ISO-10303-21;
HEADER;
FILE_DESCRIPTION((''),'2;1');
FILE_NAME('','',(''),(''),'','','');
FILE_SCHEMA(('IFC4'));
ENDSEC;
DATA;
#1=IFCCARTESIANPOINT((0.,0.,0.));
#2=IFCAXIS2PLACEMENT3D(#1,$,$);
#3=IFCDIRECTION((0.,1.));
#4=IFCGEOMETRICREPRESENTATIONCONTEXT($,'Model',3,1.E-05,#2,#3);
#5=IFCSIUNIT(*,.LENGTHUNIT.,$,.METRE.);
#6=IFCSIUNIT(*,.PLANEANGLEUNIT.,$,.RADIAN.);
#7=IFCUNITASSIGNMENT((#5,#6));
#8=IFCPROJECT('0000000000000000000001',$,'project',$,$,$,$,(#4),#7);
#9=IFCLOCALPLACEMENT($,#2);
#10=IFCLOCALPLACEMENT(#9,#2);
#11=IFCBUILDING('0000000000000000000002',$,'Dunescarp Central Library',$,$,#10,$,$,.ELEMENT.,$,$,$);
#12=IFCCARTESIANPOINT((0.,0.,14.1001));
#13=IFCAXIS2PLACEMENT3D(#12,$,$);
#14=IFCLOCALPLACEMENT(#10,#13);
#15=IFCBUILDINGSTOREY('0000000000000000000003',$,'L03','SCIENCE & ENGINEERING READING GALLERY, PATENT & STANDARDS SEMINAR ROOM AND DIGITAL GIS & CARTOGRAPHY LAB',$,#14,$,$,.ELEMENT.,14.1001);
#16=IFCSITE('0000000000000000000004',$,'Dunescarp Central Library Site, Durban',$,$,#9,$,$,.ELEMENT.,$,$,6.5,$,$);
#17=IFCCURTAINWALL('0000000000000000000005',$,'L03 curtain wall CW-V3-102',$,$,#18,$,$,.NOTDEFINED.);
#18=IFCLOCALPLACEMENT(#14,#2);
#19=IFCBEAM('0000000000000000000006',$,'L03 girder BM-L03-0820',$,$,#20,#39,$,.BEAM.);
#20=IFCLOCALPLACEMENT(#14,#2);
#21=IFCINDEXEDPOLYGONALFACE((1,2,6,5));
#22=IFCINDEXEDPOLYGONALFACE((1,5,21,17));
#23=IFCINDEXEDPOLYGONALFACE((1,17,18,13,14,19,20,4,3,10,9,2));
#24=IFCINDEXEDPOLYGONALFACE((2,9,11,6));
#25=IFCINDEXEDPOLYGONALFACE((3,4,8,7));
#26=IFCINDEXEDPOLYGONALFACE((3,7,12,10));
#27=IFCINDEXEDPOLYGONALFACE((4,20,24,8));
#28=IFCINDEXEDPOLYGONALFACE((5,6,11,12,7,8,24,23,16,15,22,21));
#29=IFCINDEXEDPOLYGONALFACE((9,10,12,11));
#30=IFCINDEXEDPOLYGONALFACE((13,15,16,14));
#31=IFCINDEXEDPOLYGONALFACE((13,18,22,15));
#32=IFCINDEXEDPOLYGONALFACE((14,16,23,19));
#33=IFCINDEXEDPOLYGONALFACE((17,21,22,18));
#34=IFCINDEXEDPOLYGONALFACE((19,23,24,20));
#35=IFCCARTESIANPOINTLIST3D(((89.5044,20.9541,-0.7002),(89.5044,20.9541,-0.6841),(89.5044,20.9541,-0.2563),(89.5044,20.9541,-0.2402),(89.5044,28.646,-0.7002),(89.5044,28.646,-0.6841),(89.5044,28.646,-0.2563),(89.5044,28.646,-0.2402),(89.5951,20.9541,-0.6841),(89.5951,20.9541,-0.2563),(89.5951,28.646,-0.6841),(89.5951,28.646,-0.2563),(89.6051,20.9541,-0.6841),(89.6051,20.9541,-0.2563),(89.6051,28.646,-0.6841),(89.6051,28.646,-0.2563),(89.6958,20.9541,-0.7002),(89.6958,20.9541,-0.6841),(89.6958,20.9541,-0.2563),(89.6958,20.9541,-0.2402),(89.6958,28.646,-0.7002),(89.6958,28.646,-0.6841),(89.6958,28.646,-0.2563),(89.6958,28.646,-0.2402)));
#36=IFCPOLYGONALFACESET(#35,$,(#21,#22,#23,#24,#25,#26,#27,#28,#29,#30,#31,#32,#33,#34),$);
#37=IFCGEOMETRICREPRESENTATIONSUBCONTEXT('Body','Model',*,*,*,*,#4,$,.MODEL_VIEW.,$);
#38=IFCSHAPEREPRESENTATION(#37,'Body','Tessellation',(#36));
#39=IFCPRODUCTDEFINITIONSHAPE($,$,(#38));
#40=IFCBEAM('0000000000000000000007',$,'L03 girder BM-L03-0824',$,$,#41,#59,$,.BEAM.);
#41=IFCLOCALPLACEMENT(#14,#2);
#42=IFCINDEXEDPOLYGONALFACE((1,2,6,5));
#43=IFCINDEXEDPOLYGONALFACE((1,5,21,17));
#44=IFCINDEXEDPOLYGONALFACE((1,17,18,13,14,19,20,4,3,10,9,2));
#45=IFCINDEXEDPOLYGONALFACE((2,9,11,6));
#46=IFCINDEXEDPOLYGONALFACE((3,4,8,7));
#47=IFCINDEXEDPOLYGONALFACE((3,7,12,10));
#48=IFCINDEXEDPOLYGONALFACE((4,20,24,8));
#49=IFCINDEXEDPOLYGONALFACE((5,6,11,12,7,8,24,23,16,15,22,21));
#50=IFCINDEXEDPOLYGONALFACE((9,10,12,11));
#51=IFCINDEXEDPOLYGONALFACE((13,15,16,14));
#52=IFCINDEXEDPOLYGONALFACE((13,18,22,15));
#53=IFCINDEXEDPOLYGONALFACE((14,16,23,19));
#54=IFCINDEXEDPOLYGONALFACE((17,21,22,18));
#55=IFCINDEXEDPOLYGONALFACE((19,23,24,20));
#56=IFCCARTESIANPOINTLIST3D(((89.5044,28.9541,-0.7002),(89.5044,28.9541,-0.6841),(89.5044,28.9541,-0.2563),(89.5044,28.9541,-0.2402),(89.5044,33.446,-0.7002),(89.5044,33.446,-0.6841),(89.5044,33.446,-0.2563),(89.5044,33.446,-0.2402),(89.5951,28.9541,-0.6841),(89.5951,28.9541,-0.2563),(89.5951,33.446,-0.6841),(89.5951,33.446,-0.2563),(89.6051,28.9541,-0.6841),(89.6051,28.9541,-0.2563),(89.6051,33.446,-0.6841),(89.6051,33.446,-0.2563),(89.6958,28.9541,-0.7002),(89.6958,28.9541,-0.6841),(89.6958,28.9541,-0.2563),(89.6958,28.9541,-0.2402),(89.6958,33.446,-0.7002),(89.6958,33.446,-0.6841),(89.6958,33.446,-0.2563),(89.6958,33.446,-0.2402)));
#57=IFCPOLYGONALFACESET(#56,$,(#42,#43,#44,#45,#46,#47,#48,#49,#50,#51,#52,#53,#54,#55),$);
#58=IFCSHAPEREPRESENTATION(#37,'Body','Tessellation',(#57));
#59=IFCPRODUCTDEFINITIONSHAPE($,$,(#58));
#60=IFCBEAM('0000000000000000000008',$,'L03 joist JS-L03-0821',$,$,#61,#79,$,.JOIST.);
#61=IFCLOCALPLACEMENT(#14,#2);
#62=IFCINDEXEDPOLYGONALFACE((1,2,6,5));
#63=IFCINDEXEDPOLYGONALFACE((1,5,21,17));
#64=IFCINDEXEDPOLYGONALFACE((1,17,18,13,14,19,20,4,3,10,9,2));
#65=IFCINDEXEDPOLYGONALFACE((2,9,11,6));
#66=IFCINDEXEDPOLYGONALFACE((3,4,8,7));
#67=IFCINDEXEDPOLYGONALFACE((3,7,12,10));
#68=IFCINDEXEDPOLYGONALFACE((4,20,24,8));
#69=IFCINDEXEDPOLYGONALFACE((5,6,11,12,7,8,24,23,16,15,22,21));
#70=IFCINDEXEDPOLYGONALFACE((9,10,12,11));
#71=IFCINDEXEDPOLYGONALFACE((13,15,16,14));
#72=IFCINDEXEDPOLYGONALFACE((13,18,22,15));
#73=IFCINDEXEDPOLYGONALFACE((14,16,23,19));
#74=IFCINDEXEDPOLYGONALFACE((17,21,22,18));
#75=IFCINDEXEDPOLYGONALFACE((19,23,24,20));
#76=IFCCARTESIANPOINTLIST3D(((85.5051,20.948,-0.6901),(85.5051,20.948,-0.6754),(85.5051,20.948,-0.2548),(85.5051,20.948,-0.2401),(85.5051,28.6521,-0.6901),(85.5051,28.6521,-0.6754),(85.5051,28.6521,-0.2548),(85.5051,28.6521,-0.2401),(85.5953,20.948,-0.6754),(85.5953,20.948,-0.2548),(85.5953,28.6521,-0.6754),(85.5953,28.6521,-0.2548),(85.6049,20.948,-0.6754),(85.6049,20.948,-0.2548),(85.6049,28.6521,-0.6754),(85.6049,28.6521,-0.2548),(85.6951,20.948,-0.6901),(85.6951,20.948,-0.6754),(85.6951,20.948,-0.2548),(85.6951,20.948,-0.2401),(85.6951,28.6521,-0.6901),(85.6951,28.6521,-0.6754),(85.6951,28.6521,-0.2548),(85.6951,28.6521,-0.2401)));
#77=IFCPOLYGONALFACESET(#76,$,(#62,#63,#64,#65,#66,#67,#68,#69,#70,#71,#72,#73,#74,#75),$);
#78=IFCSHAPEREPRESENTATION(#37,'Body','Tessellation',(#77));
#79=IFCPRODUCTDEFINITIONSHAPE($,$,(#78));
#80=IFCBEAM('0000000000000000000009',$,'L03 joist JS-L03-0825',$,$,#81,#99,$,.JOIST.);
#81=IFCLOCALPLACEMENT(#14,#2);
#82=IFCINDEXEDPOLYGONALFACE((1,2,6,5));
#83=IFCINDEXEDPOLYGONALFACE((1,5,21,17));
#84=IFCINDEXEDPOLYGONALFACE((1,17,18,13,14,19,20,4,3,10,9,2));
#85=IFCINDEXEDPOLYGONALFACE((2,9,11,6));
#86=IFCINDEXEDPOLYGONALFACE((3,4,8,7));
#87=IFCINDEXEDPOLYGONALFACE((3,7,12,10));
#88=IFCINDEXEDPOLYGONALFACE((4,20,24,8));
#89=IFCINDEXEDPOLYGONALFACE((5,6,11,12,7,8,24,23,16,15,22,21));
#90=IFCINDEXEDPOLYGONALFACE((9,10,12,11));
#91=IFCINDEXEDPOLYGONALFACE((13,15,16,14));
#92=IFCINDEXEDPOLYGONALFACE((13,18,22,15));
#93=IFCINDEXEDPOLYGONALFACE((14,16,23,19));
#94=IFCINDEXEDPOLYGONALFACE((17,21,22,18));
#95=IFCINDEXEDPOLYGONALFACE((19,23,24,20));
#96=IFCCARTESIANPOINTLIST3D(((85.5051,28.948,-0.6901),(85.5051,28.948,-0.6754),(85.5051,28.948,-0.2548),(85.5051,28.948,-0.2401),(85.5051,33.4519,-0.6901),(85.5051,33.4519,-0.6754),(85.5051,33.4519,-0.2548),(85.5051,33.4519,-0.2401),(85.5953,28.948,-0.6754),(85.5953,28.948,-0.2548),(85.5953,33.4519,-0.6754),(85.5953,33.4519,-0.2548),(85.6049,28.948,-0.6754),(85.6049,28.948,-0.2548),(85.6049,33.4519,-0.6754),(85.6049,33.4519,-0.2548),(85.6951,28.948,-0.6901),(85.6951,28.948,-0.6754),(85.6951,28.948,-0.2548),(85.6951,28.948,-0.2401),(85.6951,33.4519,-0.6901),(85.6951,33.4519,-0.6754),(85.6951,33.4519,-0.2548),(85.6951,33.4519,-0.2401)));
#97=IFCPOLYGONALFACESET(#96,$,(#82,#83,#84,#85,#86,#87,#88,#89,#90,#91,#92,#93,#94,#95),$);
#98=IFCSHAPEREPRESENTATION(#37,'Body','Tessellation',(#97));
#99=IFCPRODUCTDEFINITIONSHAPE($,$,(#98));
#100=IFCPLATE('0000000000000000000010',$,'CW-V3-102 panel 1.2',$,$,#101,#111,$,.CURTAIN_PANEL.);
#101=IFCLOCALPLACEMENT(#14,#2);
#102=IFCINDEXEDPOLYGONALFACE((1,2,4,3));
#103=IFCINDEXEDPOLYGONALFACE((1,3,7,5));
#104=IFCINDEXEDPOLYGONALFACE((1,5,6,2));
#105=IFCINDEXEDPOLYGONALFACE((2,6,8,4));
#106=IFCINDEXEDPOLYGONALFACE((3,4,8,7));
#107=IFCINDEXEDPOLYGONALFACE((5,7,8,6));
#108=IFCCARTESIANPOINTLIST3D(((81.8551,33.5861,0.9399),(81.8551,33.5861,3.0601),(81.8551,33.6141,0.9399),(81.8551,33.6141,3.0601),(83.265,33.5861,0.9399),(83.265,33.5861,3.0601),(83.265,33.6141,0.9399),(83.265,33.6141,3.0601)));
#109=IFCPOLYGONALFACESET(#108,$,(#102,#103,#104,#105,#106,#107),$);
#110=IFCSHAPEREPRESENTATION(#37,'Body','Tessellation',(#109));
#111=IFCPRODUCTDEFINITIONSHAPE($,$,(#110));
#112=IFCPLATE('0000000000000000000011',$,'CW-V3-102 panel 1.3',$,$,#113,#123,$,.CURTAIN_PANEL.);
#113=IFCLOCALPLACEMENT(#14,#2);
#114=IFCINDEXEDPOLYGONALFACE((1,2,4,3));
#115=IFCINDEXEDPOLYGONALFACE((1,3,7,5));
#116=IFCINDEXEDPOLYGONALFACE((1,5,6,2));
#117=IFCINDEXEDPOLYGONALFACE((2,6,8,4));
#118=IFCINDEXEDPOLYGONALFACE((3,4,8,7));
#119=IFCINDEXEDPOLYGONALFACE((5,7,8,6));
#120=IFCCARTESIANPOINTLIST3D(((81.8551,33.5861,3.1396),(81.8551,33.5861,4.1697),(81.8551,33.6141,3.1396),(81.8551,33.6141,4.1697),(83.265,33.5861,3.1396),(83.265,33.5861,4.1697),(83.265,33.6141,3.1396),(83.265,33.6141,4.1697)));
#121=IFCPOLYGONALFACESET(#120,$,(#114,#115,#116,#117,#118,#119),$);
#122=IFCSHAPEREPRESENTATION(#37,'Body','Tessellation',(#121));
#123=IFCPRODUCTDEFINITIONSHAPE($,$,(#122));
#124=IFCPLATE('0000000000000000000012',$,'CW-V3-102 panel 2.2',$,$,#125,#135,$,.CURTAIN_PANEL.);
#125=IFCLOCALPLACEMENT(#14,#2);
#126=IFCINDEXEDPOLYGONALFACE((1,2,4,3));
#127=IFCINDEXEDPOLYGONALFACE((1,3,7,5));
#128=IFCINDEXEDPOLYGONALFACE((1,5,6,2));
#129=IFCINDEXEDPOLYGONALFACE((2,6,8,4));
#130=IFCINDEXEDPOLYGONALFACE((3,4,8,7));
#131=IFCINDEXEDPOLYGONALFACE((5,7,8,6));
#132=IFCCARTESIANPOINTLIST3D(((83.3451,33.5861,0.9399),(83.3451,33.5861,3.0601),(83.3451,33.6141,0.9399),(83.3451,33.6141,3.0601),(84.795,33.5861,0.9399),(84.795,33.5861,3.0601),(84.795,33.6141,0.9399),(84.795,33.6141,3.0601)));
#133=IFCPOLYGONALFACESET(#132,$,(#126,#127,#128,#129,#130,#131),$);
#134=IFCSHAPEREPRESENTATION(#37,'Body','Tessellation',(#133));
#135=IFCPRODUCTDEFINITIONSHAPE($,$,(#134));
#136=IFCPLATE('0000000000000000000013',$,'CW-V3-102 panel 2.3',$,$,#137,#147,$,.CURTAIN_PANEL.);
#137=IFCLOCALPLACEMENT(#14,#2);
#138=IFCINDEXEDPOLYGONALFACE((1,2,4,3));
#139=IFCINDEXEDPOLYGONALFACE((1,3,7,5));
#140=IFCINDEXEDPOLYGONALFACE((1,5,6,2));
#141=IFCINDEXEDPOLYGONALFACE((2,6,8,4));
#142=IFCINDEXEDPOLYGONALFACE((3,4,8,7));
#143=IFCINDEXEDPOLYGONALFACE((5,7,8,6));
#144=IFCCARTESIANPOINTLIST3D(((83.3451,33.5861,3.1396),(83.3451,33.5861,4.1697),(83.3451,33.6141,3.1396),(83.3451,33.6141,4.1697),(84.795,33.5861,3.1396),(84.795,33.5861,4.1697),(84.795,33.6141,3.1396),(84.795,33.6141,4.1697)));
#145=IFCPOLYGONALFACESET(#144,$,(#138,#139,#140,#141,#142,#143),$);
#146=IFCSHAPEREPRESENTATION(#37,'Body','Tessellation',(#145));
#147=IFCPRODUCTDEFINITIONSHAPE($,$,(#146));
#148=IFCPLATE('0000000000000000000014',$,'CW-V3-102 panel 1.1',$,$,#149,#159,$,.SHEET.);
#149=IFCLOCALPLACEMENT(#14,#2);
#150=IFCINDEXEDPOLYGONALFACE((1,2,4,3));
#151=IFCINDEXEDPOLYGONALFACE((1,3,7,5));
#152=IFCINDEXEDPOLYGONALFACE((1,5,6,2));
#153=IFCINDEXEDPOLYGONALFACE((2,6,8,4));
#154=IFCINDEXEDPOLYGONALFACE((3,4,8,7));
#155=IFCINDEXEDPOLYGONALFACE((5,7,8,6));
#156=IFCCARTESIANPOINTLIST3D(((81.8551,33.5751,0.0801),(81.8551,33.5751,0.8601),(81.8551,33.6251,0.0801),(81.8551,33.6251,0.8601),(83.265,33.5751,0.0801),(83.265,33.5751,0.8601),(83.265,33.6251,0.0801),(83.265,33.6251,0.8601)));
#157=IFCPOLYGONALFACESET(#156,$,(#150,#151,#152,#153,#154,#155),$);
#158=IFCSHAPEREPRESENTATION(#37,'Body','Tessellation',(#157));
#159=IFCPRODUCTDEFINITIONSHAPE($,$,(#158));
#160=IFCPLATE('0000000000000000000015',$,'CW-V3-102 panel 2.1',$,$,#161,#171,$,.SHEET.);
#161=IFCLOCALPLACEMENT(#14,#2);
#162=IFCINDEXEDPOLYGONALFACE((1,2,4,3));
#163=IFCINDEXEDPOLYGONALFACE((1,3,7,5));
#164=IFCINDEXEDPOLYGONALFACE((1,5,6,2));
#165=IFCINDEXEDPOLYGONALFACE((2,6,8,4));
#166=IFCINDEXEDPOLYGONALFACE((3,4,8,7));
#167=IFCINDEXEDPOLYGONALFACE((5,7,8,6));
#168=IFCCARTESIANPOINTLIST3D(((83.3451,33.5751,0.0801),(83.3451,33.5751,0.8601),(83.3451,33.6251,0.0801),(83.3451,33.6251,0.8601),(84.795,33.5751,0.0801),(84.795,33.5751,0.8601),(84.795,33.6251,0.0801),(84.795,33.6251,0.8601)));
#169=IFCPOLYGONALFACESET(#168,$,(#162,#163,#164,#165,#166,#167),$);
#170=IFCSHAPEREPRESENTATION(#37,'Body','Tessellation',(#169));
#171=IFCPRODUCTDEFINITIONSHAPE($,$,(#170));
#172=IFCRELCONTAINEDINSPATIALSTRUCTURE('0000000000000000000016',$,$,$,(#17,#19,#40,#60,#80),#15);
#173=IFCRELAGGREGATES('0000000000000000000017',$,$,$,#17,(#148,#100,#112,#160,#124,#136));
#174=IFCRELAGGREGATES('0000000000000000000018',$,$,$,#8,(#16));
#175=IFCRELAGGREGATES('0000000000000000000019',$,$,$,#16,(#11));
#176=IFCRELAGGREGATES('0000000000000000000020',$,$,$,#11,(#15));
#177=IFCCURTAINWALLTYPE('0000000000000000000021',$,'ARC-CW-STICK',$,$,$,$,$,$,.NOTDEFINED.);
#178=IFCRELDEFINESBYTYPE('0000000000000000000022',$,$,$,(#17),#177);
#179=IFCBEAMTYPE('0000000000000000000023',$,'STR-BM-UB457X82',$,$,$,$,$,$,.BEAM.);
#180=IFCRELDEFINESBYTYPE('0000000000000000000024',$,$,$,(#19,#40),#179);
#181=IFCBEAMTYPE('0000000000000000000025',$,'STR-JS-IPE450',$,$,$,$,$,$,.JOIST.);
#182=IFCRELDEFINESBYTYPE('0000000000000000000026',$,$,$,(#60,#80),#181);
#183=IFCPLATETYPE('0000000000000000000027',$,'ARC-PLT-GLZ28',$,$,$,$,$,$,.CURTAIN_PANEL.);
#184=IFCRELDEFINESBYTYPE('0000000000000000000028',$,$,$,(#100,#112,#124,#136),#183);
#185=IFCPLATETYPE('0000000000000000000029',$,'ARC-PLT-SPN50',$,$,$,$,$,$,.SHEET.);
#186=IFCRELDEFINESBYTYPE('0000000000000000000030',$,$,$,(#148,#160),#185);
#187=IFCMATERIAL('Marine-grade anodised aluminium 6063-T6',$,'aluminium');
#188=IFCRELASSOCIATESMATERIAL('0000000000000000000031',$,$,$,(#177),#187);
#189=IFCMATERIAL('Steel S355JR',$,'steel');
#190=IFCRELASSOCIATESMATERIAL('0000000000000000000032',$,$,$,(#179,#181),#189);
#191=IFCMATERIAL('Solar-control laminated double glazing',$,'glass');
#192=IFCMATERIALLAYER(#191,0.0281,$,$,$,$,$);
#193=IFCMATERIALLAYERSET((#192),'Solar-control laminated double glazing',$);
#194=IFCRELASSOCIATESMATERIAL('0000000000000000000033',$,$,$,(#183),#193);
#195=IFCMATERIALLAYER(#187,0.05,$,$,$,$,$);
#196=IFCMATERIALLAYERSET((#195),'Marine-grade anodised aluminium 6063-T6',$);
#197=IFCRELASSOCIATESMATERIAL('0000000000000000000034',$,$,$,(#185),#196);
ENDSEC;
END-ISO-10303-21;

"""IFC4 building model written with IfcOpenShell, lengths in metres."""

from ifc_helpers import new_model, si_unit, direction, frame, origin, origin_2d, place, context, subcontext, project, spatial, rectangle, i_section, extrude, material, layer, layer_set, material_profile, profile_set, type_object, element, aggregate, save


model = new_model("IFC4")

# Units and contexts
model_context = context("Model", 3, precision=1e-05, world=origin(), true_north=direction((0.0, 1.0)))
body_context = subcontext(model_context, "Body", "Model", "MODEL_VIEW")
ifc_project = project(units=[si_unit("LENGTHUNIT", "METRE"), si_unit("PLANEANGLEUNIT", "RADIAN")], contexts=[model_context])

# Site, building, storey
site_placement = place(None, origin())
site = spatial("IfcSite", under=ifc_project, at=site_placement, Name="Dunescarp Central Library Site, Durban", CompositionType="ELEMENT", RefElevation=6.5)
building_placement = place(site_placement, origin())
building = spatial("IfcBuilding", under=site, at=building_placement, Name="Dunescarp Central Library", CompositionType="ELEMENT")
storey_placement = place(building_placement, frame((0.0, 0.0, 14.1001)))
storey = spatial("IfcBuildingStorey", under=building, at=storey_placement, Name="L03", Description="SCIENCE & ENGINEERING READING GALLERY, PATENT & STANDARDS SEMINAR ROOM AND DIGITAL GIS & CARTOGRAPHY LAB", CompositionType="ELEMENT", Elevation=14.1001)

# Shared definitions
ifc_material_1 = material(Name="Steel S355JR", Category="steel")

# Curtain wall
ifc_material_2 = material(Name="Marine-grade anodised aluminium 6063-T6", Category="aluminium")
curtain_wall_type = type_object("IfcCurtainWallType", Name="ARC-CW-STICK", PredefinedType="NOTDEFINED", material=ifc_material_2)
curtain_wall_placement = place(storey_placement, origin())
curtain_wall = element("IfcCurtainWall", 1, at=curtain_wall_placement, inside=storey, type_object=curtain_wall_type, Name="L03 curtain wall CW-V3-102", PredefinedType="NOTDEFINED")

# Beams
ifc_material_profile_1 = material_profile(ifc_material_1, i_section(OverallWidth=0.1914, OverallDepth=0.46, WebThickness=0.01, FlangeThickness=0.0161, at=origin_2d()), Name="UB 457x191x82")
ifc_profile_set_1 = profile_set([ifc_material_profile_1], Name="Steel S355JR")
beam_type_1 = type_object("IfcBeamType", Name="STR-BM-UB457X82", PredefinedType="BEAM", material=ifc_profile_set_1)
beam_1_placement = place(storey_placement, frame((89.6001, 20.9541, -0.4702), z_axis=(0.0, 1.0, 0.0), x_axis=(-1.0, 0.0, 0.0)))
element("IfcBeam", 2, at=beam_1_placement, inside=storey, type_object=beam_type_1, Name="L03 girder BM-L03-0820", PredefinedType="BEAM", context=body_context, shape_type="SweptSolid", body=[
    extrude(i_section(OverallWidth=0.1914, OverallDepth=0.46, WebThickness=0.01, FlangeThickness=0.0161, at=origin_2d()), origin(), (0.0, 0.0, 1.0), 7.6919),
])
beam_2_placement = place(storey_placement, frame((89.6001, 28.9541, -0.4702), z_axis=(0.0, 1.0, 0.0), x_axis=(-1.0, 0.0, 0.0)))
element("IfcBeam", 3, at=beam_2_placement, inside=storey, type_object=beam_type_1, Name="L03 girder BM-L03-0824", PredefinedType="BEAM", context=body_context, shape_type="SweptSolid", body=[
    extrude(i_section(OverallWidth=0.1914, OverallDepth=0.46, WebThickness=0.01, FlangeThickness=0.0161, at=origin_2d()), origin(), (0.0, 0.0, 1.0), 4.4919),
])
ifc_material_profile_2 = material_profile(ifc_material_1, i_section(OverallWidth=0.1899, OverallDepth=0.45, WebThickness=0.0095, FlangeThickness=0.0146, at=origin_2d()), Name="IPE 450")
ifc_profile_set_2 = profile_set([ifc_material_profile_2], Name="Steel S355JR")
beam_type_2 = type_object("IfcBeamType", Name="STR-JS-IPE450", PredefinedType="JOIST", material=ifc_profile_set_2)
beam_3_placement = place(storey_placement, frame((85.6001, 20.948, -0.4651), z_axis=(0.0, 1.0, 0.0), x_axis=(-1.0, 0.0, 0.0)))
element("IfcBeam", 4, at=beam_3_placement, inside=storey, type_object=beam_type_2, Name="L03 joist JS-L03-0821", PredefinedType="JOIST", context=body_context, shape_type="SweptSolid", body=[
    extrude(i_section(OverallWidth=0.1899, OverallDepth=0.45, WebThickness=0.0095, FlangeThickness=0.0146, at=origin_2d()), origin(), (0.0, 0.0, 1.0), 7.7041),
])
beam_4_placement = place(storey_placement, frame((85.6001, 28.948, -0.4651), z_axis=(0.0, 1.0, 0.0), x_axis=(-1.0, 0.0, 0.0)))
element("IfcBeam", 5, at=beam_4_placement, inside=storey, type_object=beam_type_2, Name="L03 joist JS-L03-0825", PredefinedType="JOIST", context=body_context, shape_type="SweptSolid", body=[
    extrude(i_section(OverallWidth=0.1899, OverallDepth=0.45, WebThickness=0.0095, FlangeThickness=0.0146, at=origin_2d()), origin(), (0.0, 0.0, 1.0), 4.5039),
])

# Plates
ifc_material_3 = material(Name="Solar-control laminated double glazing", Category="glass")
ifc_layer_1 = layer(ifc_material_3, 0.0281)
ifc_layer_set_1 = layer_set([ifc_layer_1], Name="Solar-control laminated double glazing")
plate_type_1 = type_object("IfcPlateType", Name="ARC-PLT-GLZ28", PredefinedType="CURTAIN_PANEL", material=ifc_layer_set_1)
plate_1_placement = place(storey_placement, frame((82.5601, 33.6001, 0.9399), z_axis=(0.0, 0.0, 1.0), x_axis=(1.0, 0.0, 0.0)))
plate_1 = element("IfcPlate", 6, at=plate_1_placement, type_object=plate_type_1, Name="CW-V3-102 panel 1.2", PredefinedType="CURTAIN_PANEL", context=body_context, shape_type="SweptSolid", body=[
    extrude(rectangle(XDim=1.4099, YDim=0.0281, at=origin_2d()), origin(), (0.0, 0.0, 1.0), 2.1201),
])
plate_2_placement = place(storey_placement, frame((82.5601, 33.6001, 3.1396), z_axis=(0.0, 0.0, 1.0), x_axis=(1.0, 0.0, 0.0)))
plate_2 = element("IfcPlate", 7, at=plate_2_placement, type_object=plate_type_1, Name="CW-V3-102 panel 1.3", PredefinedType="CURTAIN_PANEL", context=body_context, shape_type="SweptSolid", body=[
    extrude(rectangle(XDim=1.4099, YDim=0.0281, at=origin_2d()), origin(), (0.0, 0.0, 1.0), 1.03),
])
plate_3_placement = place(storey_placement, frame((84.0701, 33.6001, 0.9399), z_axis=(0.0, 0.0, 1.0), x_axis=(1.0, 0.0, 0.0)))
plate_3 = element("IfcPlate", 8, at=plate_3_placement, type_object=plate_type_1, Name="CW-V3-102 panel 2.2", PredefinedType="CURTAIN_PANEL", context=body_context, shape_type="SweptSolid", body=[
    extrude(rectangle(XDim=1.45, YDim=0.0281, at=origin_2d()), origin(), (0.0, 0.0, 1.0), 2.1201),
])
plate_4_placement = place(storey_placement, frame((84.0701, 33.6001, 3.1396), z_axis=(0.0, 0.0, 1.0), x_axis=(1.0, 0.0, 0.0)))
plate_4 = element("IfcPlate", 9, at=plate_4_placement, type_object=plate_type_1, Name="CW-V3-102 panel 2.3", PredefinedType="CURTAIN_PANEL", context=body_context, shape_type="SweptSolid", body=[
    extrude(rectangle(XDim=1.45, YDim=0.0281, at=origin_2d()), origin(), (0.0, 0.0, 1.0), 1.03),
])
ifc_layer_2 = layer(ifc_material_2, 0.05)
ifc_layer_set_2 = layer_set([ifc_layer_2], Name="Marine-grade anodised aluminium 6063-T6")
plate_type_2 = type_object("IfcPlateType", Name="ARC-PLT-SPN50", PredefinedType="SHEET", material=ifc_layer_set_2)
plate_5_placement = place(storey_placement, frame((82.5601, 33.6001, 0.0801), z_axis=(0.0, 0.0, 1.0), x_axis=(1.0, 0.0, 0.0)))
plate_5 = element("IfcPlate", 10, at=plate_5_placement, type_object=plate_type_2, Name="CW-V3-102 panel 1.1", PredefinedType="SHEET", context=body_context, shape_type="SweptSolid", body=[
    extrude(rectangle(XDim=1.4099, YDim=0.05, at=origin_2d()), origin(), (0.0, 0.0, 1.0), 0.78),
])
plate_6_placement = place(storey_placement, frame((84.0701, 33.6001, 0.0801), z_axis=(0.0, 0.0, 1.0), x_axis=(1.0, 0.0, 0.0)))
plate_6 = element("IfcPlate", 11, at=plate_6_placement, type_object=plate_type_2, Name="CW-V3-102 panel 2.1", PredefinedType="SHEET", context=body_context, shape_type="SweptSolid", body=[
    extrude(rectangle(XDim=1.45, YDim=0.05, at=origin_2d()), origin(), (0.0, 0.0, 1.0), 0.78),
])
aggregate(curtain_wall, [plate_5, plate_1, plate_2, plate_6, plate_3, plate_4])

save(model, "model.ifc")
